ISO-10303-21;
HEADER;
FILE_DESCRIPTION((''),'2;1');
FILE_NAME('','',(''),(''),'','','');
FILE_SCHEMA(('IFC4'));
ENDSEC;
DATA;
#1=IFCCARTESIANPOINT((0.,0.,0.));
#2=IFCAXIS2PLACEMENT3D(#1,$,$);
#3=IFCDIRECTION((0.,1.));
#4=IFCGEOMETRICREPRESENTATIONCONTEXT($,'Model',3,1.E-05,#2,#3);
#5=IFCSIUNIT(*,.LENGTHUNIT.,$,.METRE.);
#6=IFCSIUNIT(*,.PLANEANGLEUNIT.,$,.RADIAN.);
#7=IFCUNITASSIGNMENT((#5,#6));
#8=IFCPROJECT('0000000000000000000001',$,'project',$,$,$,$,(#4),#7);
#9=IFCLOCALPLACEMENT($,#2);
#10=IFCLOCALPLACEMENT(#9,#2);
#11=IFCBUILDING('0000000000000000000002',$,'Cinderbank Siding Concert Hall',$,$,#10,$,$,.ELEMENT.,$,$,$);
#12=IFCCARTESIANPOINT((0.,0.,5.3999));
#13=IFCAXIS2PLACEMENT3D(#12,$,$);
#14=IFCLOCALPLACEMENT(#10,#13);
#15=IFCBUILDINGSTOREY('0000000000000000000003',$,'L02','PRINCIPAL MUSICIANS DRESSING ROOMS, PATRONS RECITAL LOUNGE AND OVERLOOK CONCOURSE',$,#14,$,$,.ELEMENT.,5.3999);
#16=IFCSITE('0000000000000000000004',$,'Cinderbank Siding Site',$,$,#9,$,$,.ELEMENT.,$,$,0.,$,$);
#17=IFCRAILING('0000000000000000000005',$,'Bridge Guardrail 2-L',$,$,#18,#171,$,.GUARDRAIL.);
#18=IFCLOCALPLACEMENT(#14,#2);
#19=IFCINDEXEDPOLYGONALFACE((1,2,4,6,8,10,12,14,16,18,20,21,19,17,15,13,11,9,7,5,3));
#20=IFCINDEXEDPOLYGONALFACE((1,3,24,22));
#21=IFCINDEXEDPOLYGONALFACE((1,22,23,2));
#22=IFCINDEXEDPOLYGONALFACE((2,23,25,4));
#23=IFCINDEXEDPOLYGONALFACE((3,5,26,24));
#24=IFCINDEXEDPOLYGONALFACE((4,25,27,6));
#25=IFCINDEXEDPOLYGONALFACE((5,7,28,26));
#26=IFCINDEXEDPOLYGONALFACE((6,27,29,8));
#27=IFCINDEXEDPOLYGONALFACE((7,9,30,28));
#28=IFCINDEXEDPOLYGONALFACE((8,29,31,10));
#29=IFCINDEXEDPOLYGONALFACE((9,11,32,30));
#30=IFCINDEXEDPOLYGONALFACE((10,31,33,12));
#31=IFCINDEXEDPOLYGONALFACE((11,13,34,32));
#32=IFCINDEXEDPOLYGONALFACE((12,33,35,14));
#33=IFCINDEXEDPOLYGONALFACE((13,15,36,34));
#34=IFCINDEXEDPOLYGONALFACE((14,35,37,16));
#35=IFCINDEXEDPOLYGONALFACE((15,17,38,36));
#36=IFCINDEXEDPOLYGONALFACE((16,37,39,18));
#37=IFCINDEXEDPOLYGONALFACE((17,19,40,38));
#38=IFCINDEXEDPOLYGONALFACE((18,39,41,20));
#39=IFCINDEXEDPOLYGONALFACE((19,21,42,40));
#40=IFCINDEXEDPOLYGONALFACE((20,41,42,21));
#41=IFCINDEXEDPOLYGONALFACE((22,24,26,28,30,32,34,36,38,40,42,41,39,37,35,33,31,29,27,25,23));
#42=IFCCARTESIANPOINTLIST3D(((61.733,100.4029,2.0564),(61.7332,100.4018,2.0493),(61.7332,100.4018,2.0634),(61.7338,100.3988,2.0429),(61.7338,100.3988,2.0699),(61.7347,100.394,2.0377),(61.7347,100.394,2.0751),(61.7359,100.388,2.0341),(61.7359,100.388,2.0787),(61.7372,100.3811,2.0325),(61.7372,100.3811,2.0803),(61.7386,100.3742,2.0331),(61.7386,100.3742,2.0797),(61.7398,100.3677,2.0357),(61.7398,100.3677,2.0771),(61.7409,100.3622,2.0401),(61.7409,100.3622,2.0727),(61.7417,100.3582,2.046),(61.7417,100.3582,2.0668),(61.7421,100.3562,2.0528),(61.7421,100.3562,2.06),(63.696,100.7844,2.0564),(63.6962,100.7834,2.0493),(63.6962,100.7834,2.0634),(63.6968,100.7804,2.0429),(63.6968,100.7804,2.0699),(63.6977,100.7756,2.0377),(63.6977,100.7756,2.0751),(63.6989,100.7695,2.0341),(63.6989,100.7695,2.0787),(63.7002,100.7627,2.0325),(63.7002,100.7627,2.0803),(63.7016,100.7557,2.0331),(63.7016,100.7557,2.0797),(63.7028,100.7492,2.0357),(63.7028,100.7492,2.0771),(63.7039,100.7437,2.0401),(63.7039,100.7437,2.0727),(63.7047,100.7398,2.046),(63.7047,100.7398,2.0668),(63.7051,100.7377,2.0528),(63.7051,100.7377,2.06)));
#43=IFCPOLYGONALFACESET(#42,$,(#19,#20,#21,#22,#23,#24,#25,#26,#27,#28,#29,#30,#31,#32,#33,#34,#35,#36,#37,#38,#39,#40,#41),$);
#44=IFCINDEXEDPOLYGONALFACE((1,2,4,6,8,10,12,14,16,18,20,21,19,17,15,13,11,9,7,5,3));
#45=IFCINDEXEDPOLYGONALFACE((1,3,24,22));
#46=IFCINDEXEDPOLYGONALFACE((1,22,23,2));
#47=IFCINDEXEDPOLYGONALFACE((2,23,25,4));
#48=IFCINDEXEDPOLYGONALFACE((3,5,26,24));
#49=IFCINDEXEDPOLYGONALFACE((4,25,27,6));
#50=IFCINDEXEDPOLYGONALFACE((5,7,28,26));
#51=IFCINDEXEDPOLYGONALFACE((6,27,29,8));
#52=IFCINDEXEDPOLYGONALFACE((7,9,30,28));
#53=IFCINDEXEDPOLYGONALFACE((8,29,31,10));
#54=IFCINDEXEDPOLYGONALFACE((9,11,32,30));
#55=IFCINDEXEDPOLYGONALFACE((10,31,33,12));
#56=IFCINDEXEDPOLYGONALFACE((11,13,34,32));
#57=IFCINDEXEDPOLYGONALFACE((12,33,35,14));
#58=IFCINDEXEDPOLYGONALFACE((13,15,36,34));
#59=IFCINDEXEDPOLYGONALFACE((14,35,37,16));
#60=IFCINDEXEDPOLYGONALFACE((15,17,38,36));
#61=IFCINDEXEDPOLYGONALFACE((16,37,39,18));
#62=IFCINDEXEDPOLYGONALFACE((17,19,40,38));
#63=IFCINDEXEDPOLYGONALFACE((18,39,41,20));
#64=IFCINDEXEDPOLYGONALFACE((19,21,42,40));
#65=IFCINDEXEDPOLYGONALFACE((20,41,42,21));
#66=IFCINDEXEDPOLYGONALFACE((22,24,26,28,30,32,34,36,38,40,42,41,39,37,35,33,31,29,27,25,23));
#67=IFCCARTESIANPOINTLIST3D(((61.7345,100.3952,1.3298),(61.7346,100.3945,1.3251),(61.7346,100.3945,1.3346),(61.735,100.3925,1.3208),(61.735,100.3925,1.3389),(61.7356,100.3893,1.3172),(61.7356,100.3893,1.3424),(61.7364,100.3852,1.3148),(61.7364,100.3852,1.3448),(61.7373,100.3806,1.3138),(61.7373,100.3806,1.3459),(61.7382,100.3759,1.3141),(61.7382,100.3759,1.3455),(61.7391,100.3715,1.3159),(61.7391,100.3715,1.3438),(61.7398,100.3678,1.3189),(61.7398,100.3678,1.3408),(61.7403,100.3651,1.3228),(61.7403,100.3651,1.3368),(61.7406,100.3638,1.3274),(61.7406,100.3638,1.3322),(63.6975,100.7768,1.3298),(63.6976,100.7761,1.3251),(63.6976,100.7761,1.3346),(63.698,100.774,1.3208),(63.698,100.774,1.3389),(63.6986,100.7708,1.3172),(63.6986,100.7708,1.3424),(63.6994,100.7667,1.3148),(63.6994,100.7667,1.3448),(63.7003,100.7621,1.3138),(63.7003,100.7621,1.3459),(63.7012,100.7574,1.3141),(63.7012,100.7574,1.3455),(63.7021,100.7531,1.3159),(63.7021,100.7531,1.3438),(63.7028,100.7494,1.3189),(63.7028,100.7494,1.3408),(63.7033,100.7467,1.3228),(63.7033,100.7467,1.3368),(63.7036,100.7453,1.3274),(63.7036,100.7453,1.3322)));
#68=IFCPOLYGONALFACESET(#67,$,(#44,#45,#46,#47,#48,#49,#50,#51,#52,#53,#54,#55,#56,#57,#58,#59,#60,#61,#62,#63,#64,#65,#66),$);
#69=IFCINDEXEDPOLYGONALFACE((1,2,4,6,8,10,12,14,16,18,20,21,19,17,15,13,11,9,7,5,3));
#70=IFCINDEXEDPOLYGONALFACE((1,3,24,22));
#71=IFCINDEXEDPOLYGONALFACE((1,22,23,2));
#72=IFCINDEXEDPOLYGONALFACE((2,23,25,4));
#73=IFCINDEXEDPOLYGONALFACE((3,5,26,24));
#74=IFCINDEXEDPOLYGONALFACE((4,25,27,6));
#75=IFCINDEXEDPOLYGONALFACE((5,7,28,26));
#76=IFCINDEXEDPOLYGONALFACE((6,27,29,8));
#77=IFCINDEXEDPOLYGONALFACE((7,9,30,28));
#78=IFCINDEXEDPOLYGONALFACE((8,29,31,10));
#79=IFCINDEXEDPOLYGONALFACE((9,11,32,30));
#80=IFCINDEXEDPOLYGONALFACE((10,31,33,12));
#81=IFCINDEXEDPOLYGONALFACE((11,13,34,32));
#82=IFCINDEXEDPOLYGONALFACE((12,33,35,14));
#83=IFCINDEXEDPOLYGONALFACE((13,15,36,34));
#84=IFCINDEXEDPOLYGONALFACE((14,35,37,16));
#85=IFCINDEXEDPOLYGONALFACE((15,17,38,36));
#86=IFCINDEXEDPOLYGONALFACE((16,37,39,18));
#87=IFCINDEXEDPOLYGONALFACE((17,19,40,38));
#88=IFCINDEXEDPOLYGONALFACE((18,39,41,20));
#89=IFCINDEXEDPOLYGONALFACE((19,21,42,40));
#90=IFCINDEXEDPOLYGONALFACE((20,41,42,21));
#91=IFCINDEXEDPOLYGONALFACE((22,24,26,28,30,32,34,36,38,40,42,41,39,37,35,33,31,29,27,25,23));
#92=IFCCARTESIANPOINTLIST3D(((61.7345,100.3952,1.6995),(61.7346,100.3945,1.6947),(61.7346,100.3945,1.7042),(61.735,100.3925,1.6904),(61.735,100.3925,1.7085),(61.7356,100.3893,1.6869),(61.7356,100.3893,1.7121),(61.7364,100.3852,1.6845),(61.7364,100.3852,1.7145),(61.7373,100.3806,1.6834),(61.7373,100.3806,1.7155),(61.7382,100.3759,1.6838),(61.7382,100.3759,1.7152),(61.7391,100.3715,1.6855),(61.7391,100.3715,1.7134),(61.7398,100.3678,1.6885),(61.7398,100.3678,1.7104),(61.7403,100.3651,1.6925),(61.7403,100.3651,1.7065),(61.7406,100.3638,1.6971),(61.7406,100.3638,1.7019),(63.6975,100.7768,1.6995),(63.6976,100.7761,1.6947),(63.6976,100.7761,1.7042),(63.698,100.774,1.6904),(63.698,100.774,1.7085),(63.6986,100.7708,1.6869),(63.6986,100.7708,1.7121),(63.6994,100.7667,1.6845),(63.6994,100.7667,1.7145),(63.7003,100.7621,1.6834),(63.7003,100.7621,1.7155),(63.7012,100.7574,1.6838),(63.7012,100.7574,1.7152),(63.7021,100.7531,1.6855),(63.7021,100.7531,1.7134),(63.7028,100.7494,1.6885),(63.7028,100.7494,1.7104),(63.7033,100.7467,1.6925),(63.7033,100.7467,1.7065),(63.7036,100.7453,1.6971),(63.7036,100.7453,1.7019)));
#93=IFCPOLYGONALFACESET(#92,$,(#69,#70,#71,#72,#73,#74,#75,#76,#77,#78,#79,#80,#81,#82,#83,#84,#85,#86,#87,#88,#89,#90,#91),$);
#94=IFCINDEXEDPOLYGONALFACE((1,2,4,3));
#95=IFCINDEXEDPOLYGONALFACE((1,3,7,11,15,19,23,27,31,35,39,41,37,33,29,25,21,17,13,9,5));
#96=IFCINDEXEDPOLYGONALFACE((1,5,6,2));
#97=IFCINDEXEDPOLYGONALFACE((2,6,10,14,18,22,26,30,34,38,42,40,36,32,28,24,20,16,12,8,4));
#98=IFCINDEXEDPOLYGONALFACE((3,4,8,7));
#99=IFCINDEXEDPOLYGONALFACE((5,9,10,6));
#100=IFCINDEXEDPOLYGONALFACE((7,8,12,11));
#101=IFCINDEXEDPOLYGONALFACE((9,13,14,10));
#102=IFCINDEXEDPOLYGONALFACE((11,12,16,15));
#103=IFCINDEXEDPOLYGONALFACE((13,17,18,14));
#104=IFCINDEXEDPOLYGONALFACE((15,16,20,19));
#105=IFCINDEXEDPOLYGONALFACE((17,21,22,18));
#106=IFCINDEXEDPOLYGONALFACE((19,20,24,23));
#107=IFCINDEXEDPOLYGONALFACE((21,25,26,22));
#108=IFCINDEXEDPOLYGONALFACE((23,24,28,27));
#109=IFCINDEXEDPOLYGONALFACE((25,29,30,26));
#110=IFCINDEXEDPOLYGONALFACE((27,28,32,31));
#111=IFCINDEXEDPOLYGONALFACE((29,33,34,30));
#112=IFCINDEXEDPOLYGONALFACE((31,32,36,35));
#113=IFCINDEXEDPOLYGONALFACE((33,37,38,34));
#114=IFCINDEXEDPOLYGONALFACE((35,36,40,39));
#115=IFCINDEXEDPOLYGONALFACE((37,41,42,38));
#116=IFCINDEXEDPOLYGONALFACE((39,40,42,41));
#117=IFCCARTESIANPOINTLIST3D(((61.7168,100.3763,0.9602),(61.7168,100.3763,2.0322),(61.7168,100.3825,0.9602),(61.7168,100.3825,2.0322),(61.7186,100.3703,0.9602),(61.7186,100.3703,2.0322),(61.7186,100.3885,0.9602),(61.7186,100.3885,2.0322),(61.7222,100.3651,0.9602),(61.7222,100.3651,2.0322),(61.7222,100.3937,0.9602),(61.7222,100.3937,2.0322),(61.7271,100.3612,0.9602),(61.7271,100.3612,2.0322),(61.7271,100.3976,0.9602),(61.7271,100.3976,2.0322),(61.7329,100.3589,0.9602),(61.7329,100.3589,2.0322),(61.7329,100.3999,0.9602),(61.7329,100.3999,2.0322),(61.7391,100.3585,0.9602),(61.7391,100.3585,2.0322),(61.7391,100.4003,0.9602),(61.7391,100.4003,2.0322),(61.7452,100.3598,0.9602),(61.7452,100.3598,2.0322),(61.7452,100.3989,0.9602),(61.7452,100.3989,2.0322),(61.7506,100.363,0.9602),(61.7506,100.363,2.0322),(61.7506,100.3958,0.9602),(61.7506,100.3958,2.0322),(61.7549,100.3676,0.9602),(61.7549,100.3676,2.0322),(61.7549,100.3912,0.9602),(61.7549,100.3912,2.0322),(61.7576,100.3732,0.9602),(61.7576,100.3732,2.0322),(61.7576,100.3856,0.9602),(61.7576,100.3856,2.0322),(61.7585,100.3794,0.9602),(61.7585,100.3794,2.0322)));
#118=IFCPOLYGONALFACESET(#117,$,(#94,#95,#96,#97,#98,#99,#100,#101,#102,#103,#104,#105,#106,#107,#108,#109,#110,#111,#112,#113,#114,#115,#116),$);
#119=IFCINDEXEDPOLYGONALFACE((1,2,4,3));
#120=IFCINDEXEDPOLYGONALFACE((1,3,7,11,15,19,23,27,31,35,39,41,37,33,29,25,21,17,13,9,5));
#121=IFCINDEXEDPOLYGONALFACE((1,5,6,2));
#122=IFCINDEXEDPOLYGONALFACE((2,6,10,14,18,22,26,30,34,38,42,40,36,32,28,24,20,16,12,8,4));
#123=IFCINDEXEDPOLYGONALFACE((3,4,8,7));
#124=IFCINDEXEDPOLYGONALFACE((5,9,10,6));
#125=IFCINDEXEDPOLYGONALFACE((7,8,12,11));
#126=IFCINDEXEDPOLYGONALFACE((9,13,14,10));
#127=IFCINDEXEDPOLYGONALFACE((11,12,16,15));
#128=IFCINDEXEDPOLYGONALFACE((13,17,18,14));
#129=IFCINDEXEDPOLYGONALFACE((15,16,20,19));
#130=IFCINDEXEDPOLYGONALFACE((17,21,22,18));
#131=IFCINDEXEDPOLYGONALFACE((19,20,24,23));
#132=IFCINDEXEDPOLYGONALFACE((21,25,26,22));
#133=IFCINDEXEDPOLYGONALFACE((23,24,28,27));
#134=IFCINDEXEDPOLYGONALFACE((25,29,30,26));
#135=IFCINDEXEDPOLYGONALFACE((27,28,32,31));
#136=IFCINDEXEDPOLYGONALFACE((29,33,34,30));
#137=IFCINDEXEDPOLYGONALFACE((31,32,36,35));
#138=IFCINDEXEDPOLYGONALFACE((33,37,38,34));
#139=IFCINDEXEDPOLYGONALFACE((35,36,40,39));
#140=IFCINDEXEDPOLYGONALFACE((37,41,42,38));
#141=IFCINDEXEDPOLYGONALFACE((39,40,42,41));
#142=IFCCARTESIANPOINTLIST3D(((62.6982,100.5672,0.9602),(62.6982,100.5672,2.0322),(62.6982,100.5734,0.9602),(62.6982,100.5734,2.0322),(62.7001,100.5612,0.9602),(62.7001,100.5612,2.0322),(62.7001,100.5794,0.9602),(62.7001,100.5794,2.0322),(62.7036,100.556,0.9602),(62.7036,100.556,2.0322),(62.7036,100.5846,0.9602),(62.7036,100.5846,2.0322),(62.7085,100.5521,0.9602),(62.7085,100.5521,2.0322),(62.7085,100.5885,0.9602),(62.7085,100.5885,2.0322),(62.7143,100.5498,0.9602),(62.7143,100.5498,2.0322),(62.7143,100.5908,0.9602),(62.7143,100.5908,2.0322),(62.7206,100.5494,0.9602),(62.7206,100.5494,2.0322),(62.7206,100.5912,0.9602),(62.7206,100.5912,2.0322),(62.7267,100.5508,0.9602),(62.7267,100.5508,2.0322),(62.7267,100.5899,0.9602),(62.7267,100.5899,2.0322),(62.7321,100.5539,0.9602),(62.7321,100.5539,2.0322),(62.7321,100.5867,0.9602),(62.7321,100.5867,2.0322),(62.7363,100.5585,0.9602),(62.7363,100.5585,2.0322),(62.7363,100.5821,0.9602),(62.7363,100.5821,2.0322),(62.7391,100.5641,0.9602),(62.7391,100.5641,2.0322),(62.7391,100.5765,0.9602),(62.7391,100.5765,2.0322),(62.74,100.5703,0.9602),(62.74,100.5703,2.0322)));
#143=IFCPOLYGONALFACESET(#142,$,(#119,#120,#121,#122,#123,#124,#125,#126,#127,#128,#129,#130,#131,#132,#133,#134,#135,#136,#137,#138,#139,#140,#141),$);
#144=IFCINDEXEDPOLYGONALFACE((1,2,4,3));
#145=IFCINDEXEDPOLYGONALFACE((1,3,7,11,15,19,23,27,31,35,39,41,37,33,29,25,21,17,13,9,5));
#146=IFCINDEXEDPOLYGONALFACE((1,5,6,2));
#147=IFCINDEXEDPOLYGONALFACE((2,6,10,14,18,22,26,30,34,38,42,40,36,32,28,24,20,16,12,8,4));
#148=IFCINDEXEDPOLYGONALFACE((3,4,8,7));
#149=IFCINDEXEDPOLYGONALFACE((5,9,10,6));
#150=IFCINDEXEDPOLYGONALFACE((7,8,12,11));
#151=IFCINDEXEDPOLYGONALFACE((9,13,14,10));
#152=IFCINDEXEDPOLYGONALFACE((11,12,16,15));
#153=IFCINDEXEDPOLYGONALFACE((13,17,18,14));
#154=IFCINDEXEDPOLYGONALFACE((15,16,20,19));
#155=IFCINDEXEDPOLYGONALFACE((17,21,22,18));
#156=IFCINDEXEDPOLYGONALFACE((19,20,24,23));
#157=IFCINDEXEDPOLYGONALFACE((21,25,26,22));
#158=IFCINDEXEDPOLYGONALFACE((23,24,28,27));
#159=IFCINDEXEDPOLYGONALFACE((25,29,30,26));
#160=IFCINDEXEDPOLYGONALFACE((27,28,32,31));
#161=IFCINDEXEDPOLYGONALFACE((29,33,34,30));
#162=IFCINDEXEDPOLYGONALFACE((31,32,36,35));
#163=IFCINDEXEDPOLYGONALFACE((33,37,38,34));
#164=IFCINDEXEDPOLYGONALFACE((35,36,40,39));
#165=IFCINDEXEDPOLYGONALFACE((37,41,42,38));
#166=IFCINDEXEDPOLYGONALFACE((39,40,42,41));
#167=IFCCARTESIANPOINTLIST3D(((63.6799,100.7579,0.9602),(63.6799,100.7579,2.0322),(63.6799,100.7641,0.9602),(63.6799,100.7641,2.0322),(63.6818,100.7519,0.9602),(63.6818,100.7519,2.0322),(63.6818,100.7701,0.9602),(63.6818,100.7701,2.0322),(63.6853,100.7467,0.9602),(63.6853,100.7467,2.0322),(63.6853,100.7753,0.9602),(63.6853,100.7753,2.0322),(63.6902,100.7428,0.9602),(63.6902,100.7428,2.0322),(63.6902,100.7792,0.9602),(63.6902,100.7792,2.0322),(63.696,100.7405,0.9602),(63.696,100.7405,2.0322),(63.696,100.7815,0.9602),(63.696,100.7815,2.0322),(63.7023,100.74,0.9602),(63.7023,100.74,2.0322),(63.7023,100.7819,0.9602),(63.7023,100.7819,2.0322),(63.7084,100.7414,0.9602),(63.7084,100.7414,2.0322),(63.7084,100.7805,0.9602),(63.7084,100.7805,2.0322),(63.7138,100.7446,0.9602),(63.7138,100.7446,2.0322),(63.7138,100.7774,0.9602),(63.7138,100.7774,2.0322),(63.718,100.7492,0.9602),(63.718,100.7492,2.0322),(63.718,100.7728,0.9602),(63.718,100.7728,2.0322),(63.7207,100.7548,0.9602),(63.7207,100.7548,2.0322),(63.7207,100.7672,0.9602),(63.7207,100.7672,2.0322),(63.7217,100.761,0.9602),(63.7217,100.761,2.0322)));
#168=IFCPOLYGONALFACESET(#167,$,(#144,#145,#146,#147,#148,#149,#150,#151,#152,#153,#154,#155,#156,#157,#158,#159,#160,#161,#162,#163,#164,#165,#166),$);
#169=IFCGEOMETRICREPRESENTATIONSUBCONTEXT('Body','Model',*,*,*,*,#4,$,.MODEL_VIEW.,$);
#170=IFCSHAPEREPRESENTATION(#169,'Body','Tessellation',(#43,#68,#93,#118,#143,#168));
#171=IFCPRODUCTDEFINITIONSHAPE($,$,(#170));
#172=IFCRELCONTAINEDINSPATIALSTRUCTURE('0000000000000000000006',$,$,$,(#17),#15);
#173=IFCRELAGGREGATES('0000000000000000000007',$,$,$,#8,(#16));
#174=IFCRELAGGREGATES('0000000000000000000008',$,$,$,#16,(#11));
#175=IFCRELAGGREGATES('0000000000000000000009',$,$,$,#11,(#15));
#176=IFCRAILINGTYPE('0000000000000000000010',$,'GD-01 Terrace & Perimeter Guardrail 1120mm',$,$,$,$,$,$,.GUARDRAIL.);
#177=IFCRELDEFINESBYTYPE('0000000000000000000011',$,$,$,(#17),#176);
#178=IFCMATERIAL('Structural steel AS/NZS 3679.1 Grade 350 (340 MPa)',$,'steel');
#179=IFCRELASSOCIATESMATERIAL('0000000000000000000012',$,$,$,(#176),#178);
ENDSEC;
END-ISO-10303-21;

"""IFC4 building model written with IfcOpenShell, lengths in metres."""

from ifc_helpers import new_model, si_unit, direction, frame, origin, origin_2d, place, context, subcontext, project, spatial, circle, extrude, material, type_object, element, save


model = new_model("IFC4")

# Units and contexts
model_context = context("Model", 3, precision=1e-05, world=origin(), true_north=direction((0.0, 1.0)))
body_context = subcontext(model_context, "Body", "Model", "MODEL_VIEW")
ifc_project = project(units=[si_unit("LENGTHUNIT", "METRE"), si_unit("PLANEANGLEUNIT", "RADIAN")], contexts=[model_context])

# Site, building, storey
site_placement = place(None, origin())
site = spatial("IfcSite", under=ifc_project, at=site_placement, Name="Cinderbank Siding Site", CompositionType="ELEMENT", RefElevation=0.0)
building_placement = place(site_placement, origin())
building = spatial("IfcBuilding", under=site, at=building_placement, Name="Cinderbank Siding Concert Hall", CompositionType="ELEMENT")
storey_placement = place(building_placement, frame((0.0, 0.0, 5.3999)))
storey = spatial("IfcBuildingStorey", under=building, at=storey_placement, Name="L02", Description="PRINCIPAL MUSICIANS DRESSING ROOMS, PATRONS RECITAL LOUNGE AND OVERLOOK CONCOURSE", CompositionType="ELEMENT", Elevation=5.3999)

# Shared definitions
ifc_material_1 = material(Name="Structural steel AS/NZS 3679.1 Grade 350 (340 MPa)", Category="steel")

# Railing
railing_type_1 = type_object("IfcRailingType", Name="GD-01 Terrace & Perimeter Guardrail 1120mm", PredefinedType="GUARDRAIL", material=ifc_material_1)
for number, where, name in (
    (1, (61.7375, 100.3794, 0.9602), "Bridge Guardrail 2-L"),
):
    element("IfcRailing", number, at=place(storey_placement, frame(where)), inside=storey, type_object=railing_type_1, Name=name, PredefinedType="GUARDRAIL", context=body_context, shape_type="SweptSolid", body=[
        extrude(circle(Radius=0.0239, at=origin_2d()), frame((0.0, 0.0, 1.0962), z_axis=(0.981627, 0.190808, 0.0), x_axis=(-0.190808, 0.981627, 0.0)), (0.0, 0.0, 1.0), 1.9998),
        extrude(circle(Radius=0.0161, at=origin_2d()), frame((0.0, 0.0, 0.3696), z_axis=(0.981627, 0.190808, 0.0), x_axis=(-0.190808, 0.981627, 0.0)), (0.0, 0.0, 1.0), 1.9998),
        extrude(circle(Radius=0.0161, at=origin_2d()), frame((0.0, 0.0, 0.7393), z_axis=(0.981627, 0.190808, 0.0), x_axis=(-0.190808, 0.981627, 0.0)), (0.0, 0.0, 1.0), 1.9998),
        extrude(circle(Radius=0.021, at=origin_2d()), origin(), (0.0, 0.0, 1.0), 1.072),
        extrude(circle(Radius=0.021, at=origin_2d()), frame((0.9814, 0.1909, 0.0)), (0.0, 0.0, 1.0), 1.072),
        extrude(circle(Radius=0.021, at=origin_2d()), frame((1.9631, 0.3816, 0.0)), (0.0, 0.0, 1.0), 1.072),
    ])

save(model, "model.ifc")
